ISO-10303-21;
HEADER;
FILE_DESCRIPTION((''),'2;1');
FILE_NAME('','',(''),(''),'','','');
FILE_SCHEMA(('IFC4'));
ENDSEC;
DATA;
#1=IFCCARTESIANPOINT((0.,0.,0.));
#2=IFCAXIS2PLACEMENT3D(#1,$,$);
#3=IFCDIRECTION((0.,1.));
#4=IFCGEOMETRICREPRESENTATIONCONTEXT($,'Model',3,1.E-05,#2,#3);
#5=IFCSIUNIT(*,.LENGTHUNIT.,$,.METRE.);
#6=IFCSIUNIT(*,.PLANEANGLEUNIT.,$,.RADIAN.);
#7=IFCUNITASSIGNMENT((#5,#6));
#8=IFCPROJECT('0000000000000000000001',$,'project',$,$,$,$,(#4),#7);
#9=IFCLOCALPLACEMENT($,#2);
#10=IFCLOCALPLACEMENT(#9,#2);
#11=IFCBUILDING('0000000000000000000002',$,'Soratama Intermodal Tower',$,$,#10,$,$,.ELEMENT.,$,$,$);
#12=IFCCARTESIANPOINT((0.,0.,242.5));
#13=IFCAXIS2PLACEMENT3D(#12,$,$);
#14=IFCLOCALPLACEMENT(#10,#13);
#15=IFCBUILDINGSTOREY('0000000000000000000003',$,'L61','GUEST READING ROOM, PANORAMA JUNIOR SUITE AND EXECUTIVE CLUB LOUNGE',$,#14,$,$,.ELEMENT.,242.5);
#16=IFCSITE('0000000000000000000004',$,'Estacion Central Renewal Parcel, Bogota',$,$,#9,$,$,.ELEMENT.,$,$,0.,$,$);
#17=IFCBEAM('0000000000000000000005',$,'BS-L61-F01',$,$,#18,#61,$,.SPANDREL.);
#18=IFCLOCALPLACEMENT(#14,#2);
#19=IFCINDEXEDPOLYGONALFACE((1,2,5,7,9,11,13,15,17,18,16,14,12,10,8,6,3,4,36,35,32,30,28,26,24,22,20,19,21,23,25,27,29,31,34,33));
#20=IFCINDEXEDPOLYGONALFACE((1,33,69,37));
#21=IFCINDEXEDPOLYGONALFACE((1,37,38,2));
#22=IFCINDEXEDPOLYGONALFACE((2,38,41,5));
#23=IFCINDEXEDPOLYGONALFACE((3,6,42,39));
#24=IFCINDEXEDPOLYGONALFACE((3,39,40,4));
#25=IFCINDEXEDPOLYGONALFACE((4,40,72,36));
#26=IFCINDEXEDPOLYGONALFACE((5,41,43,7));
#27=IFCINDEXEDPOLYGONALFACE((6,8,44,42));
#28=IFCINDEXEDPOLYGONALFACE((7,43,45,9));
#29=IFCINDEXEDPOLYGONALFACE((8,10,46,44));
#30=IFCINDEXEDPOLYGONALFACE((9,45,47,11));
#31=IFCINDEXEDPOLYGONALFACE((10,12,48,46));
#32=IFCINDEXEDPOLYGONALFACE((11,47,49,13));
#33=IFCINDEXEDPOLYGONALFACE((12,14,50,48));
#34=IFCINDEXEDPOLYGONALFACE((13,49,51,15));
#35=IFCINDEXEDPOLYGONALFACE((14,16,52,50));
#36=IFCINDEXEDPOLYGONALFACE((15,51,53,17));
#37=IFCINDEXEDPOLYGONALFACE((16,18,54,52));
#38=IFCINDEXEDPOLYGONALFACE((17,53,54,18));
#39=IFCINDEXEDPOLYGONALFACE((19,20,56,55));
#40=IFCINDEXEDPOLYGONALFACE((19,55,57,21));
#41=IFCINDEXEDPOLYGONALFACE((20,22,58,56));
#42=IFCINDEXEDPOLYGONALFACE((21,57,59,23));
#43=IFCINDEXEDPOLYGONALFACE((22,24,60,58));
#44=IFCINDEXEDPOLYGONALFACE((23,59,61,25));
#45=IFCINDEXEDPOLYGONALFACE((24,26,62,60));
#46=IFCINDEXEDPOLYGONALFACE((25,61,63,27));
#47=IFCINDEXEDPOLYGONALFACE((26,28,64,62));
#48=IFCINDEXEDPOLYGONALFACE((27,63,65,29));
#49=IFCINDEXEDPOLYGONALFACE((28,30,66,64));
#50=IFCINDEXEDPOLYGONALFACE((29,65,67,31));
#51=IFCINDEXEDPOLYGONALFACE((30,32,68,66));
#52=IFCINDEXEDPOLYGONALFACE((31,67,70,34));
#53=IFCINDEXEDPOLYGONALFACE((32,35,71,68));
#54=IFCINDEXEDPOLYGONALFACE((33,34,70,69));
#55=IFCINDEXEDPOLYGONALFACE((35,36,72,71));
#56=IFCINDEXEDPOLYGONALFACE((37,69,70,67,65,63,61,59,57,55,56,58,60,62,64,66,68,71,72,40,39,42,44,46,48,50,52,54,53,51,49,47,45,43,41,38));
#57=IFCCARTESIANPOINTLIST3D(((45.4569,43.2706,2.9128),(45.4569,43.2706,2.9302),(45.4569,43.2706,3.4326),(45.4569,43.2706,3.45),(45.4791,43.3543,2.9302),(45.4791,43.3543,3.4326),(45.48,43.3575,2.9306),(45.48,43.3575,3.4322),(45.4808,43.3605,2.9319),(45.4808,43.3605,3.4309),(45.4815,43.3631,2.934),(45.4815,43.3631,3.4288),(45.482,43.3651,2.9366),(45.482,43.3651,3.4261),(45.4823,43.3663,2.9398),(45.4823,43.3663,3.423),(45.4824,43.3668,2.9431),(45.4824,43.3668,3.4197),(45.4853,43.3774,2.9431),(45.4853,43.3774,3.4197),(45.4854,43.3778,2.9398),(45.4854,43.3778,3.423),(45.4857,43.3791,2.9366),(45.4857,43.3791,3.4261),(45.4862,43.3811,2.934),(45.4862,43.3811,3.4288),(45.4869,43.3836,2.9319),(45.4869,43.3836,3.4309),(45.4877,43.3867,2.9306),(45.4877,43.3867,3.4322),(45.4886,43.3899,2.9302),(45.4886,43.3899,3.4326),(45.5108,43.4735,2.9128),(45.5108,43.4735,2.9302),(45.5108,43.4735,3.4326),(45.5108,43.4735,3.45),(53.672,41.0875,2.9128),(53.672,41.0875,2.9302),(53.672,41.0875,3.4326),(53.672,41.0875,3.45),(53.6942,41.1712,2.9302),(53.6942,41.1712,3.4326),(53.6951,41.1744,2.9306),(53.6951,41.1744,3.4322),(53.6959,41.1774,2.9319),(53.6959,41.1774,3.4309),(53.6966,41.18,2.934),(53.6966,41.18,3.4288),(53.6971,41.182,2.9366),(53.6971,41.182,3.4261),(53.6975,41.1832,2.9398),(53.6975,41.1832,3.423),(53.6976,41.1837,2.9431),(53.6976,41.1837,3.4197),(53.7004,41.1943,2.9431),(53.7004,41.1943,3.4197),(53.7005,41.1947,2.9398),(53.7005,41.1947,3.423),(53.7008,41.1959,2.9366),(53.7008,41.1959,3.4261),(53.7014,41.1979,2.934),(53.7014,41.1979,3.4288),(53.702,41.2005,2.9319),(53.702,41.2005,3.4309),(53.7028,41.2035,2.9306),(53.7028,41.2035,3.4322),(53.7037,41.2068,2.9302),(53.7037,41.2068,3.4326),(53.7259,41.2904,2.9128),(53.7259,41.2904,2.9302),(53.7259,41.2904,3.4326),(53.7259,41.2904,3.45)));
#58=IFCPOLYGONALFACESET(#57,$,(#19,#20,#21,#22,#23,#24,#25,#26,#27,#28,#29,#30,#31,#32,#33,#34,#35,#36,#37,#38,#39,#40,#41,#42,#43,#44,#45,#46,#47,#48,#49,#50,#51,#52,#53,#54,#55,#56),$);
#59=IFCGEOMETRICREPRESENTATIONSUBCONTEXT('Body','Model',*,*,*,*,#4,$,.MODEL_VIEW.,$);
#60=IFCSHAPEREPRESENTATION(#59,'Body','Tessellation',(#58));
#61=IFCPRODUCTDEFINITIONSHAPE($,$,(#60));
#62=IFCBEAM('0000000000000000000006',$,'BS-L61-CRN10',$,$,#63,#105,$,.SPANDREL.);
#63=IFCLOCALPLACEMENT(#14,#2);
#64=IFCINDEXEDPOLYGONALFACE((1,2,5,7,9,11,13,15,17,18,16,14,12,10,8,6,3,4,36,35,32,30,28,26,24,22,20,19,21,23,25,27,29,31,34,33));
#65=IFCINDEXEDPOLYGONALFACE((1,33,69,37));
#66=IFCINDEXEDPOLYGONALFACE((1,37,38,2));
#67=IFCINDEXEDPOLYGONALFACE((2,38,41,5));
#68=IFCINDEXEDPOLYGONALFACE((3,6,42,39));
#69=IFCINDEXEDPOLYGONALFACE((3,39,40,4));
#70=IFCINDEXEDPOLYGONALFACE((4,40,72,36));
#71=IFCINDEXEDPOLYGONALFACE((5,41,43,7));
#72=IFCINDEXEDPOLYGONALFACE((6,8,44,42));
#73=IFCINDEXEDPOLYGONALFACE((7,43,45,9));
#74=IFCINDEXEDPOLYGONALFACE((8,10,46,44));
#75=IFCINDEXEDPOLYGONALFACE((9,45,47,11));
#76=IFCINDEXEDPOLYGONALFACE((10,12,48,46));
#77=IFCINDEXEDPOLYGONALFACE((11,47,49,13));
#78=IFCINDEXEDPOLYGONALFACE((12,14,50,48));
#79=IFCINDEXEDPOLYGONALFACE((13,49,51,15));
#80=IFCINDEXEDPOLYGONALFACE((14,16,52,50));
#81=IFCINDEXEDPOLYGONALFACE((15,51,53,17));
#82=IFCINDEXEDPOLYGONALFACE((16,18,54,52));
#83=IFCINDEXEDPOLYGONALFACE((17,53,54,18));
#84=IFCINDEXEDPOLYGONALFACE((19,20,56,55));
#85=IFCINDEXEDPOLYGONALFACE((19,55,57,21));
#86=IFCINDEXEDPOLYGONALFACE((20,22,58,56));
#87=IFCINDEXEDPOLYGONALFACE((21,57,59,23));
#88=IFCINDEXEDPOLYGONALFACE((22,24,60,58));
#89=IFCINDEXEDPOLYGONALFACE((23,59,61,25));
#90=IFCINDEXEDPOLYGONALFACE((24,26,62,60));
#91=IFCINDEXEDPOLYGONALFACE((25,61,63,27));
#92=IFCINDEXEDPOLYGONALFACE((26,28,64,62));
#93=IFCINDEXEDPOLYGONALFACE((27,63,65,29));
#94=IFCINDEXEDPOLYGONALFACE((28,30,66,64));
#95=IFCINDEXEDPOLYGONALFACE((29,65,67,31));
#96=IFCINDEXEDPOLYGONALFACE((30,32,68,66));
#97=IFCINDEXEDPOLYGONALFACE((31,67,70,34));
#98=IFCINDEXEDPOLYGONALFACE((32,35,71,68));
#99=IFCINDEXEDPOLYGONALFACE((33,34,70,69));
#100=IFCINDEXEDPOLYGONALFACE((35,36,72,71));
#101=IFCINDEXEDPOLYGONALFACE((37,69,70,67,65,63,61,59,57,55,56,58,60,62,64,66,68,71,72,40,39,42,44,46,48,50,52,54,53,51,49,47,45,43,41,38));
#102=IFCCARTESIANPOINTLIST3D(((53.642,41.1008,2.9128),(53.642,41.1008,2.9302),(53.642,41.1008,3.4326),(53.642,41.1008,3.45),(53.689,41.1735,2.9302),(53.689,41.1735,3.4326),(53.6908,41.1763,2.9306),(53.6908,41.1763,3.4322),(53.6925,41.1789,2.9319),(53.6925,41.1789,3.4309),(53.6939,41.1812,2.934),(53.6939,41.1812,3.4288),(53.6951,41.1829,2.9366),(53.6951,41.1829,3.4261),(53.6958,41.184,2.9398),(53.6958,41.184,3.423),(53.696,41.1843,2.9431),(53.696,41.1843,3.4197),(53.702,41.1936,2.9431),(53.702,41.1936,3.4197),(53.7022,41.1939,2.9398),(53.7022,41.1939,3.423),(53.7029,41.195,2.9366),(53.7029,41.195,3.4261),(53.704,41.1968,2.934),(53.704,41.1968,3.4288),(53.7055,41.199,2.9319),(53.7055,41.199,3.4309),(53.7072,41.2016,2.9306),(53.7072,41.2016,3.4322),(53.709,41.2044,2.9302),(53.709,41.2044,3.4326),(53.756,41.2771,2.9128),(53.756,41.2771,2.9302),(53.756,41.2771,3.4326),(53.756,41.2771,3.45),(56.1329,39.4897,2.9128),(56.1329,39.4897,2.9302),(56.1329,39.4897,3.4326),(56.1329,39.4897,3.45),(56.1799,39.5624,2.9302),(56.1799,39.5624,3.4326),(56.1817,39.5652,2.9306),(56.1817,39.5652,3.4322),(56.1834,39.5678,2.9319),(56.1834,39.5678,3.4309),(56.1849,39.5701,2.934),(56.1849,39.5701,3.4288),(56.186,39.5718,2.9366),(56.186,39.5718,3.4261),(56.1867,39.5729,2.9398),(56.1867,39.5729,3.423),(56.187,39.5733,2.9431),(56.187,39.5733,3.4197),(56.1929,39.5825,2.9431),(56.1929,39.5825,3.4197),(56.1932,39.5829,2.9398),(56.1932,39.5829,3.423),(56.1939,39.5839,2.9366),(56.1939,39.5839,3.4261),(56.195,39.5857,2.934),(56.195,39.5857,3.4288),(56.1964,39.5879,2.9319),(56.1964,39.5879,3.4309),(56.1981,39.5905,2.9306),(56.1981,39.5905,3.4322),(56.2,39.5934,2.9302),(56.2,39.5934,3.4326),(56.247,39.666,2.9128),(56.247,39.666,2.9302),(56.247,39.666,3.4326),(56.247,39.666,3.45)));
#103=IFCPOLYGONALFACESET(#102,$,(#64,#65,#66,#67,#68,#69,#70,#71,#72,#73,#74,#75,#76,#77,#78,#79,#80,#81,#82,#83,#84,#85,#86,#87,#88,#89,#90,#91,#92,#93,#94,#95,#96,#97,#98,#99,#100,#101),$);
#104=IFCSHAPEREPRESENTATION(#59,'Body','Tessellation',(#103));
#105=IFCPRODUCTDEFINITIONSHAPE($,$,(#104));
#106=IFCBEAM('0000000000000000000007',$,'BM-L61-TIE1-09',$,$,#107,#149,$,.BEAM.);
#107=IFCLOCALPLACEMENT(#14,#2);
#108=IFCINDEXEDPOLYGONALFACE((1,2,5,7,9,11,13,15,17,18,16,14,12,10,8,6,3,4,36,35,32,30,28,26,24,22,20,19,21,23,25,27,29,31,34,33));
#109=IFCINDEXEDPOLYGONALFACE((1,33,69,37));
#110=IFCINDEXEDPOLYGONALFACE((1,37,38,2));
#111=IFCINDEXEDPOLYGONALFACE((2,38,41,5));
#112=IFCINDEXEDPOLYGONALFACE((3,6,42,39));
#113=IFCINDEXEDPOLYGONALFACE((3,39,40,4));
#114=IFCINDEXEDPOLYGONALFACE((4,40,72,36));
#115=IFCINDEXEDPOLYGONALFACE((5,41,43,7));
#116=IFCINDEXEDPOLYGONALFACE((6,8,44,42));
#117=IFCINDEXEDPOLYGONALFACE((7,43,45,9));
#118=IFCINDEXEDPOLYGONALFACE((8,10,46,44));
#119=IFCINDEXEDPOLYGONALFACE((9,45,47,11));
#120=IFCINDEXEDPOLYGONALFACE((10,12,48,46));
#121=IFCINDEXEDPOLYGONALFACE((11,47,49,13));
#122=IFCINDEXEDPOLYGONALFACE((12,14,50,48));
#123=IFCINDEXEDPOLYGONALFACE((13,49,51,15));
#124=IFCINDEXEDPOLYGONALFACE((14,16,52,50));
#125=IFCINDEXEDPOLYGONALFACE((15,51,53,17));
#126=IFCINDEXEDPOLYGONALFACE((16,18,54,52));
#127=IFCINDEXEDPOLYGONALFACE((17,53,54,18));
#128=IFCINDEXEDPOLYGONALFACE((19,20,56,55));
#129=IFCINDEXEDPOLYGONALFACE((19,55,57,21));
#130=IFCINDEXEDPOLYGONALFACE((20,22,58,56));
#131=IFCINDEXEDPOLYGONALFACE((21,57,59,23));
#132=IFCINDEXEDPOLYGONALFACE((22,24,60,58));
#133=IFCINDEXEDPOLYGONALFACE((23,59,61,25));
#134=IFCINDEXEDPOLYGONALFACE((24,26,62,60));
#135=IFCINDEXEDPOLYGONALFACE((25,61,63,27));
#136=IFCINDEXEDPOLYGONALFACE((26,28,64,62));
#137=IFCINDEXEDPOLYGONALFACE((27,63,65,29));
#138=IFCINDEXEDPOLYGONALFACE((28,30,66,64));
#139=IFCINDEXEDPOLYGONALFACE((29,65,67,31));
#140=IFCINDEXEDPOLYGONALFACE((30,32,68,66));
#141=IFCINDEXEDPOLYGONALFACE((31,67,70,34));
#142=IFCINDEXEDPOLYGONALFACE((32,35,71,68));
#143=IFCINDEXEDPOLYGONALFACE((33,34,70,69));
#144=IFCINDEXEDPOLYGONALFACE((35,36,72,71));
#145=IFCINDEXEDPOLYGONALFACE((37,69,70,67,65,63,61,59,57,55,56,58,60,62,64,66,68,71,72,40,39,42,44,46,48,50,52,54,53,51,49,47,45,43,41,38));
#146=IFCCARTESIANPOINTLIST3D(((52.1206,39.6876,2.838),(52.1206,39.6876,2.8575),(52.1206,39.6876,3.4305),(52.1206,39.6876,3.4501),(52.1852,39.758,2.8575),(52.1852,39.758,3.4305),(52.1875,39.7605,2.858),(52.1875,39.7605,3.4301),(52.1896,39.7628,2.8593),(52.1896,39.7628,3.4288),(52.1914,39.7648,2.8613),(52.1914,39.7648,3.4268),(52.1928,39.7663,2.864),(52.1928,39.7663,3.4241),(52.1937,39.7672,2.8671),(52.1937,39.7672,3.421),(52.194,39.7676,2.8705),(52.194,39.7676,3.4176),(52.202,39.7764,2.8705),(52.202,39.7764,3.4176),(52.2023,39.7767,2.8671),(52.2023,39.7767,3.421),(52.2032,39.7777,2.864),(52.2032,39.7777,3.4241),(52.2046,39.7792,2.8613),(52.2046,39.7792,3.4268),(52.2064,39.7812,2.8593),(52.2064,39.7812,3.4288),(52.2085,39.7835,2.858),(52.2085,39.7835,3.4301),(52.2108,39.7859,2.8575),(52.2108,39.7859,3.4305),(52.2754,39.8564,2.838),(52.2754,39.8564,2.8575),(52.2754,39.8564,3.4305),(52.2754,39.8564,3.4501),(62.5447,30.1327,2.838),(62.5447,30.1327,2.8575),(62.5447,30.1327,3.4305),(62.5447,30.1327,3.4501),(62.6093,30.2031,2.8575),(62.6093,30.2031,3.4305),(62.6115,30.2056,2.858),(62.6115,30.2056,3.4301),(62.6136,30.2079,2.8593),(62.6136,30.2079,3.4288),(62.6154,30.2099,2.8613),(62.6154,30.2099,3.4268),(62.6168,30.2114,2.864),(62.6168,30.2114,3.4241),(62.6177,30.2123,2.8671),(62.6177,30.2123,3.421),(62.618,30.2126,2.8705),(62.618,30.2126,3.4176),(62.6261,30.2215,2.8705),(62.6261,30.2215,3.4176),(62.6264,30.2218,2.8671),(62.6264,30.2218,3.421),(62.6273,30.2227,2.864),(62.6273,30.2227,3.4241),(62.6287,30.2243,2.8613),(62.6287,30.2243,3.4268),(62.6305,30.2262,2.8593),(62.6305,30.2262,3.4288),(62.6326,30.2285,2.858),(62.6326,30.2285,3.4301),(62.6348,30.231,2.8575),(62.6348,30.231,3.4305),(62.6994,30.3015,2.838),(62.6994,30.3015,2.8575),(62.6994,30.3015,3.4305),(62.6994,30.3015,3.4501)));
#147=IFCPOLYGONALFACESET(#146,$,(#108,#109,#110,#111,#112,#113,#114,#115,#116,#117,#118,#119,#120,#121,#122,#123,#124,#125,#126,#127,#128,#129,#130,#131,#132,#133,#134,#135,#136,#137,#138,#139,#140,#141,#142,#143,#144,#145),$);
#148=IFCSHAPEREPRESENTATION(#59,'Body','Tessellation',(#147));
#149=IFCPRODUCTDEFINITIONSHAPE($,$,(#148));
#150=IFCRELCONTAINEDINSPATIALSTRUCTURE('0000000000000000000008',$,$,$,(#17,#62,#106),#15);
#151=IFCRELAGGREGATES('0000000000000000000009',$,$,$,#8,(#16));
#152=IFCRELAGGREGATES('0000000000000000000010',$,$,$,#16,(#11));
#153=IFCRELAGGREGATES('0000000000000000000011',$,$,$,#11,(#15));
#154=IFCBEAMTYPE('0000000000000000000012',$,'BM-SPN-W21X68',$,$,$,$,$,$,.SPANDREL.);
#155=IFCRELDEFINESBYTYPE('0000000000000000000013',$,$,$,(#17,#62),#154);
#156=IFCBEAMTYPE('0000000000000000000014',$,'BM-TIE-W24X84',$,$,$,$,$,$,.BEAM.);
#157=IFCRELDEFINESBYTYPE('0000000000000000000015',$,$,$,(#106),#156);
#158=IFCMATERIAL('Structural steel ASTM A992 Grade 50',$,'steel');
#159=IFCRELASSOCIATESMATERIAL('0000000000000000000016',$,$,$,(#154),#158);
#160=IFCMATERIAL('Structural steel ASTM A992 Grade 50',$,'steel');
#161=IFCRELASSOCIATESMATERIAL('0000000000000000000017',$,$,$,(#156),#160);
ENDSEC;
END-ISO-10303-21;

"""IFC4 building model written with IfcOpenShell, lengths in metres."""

from ifc_helpers import new_model, si_unit, direction, frame, origin, origin_2d, place, context, subcontext, project, spatial, i_section, extrude, material, material_profile, profile_set, type_object, element, save


model = new_model("IFC4")

# Units and contexts
model_context = context("Model", 3, precision=1e-05, world=origin(), true_north=direction((0.0, 1.0)))
body_context = subcontext(model_context, "Body", "Model", "MODEL_VIEW")
ifc_project = project(units=[si_unit("LENGTHUNIT", "METRE"), si_unit("PLANEANGLEUNIT", "RADIAN")], contexts=[model_context])

# Site, building, storey
site_placement = place(None, origin())
site = spatial("IfcSite", under=ifc_project, at=site_placement, Name="Estacion Central Renewal Parcel, Bogota", CompositionType="ELEMENT", RefElevation=0.0)
building_placement = place(site_placement, origin())
building = spatial("IfcBuilding", under=site, at=building_placement, Name="Soratama Intermodal Tower", CompositionType="ELEMENT")
storey_placement = place(building_placement, frame((0.0, 0.0, 242.5)))
storey = spatial("IfcBuildingStorey", under=building, at=storey_placement, Name="L61", Description="GUEST READING ROOM, PANORAMA JUNIOR SUITE AND EXECUTIVE CLUB LOUNGE", CompositionType="ELEMENT", Elevation=242.5)

# Beams
ifc_material_1 = material(Name="Structural steel ASTM A992 Grade 50", Category="steel")
ifc_material_profile_1 = material_profile(ifc_material_1, i_section(OverallWidth=0.21, OverallDepth=0.5371, WebThickness=0.011, FlangeThickness=0.0173, FilletRadius=0.0129, at=origin_2d()), Name="W21X68")
ifc_profile_set_1 = profile_set([ifc_material_profile_1], Name="Structural steel ASTM A992 Grade 50")
beam_type_1 = type_object("IfcBeamType", Name="BM-SPN-W21X68", PredefinedType="SPANDREL", material=ifc_profile_set_1)
beam_1_placement = place(storey_placement, frame((53.699, 41.189, 3.1814), z_axis=(-0.966457, 0.25683, 0.0), x_axis=(-0.25683, -0.966457, 0.0)))
element("IfcBeam", 1, at=beam_1_placement, inside=storey, type_object=beam_type_1, Name="BS-L61-F01", PredefinedType="SPANDREL", context=body_context, shape_type="SweptSolid", body=[
    extrude(i_section(OverallWidth=0.21, OverallDepth=0.5371, WebThickness=0.011, FlangeThickness=0.0173, FilletRadius=0.0129, at=origin_2d()), origin(), (0.0, 0.0, 1.0), 8.5002),
])
beam_2_placement = place(storey_placement, frame((56.1899, 39.5779, 3.1814), z_axis=(-0.839681, 0.543081, 0.0), x_axis=(-0.543081, -0.839681, 0.0)))
element("IfcBeam", 2, at=beam_2_placement, inside=storey, type_object=beam_type_1, Name="BS-L61-CRN10", PredefinedType="SPANDREL", context=body_context, shape_type="SweptSolid", body=[
    extrude(i_section(OverallWidth=0.21, OverallDepth=0.5371, WebThickness=0.011, FlangeThickness=0.0173, FilletRadius=0.0129, at=origin_2d()), origin(), (0.0, 0.0, 1.0), 2.9666),
])
ifc_material_2 = material(Name="Structural steel ASTM A992 Grade 50", Category="steel")
ifc_material_profile_2 = material_profile(ifc_material_2, i_section(OverallWidth=0.229, OverallDepth=0.6121, WebThickness=0.012, FlangeThickness=0.0195, FilletRadius=0.0129, at=origin_2d()), Name="W24X84")
ifc_profile_set_2 = profile_set([ifc_material_profile_2], Name="Structural steel ASTM A992 Grade 50")
beam_type_2 = type_object("IfcBeamType", Name="BM-TIE-W24X84", PredefinedType="BEAM", material=ifc_profile_set_2)
beam_3_placement = place(storey_placement, frame((52.198, 39.772, 3.144), z_axis=(0.737171, -0.675707, 0.0), x_axis=(0.675707, 0.737171, 0.0)))
element("IfcBeam", 3, at=beam_3_placement, inside=storey, type_object=beam_type_2, Name="BM-L61-TIE1-09", PredefinedType="BEAM", context=body_context, shape_type="SweptSolid", body=[
    extrude(i_section(OverallWidth=0.229, OverallDepth=0.6121, WebThickness=0.012, FlangeThickness=0.0195, FilletRadius=0.0129, at=origin_2d()), origin(), (0.0, 0.0, 1.0), 14.1406),
])

save(model, "model.ifc")
